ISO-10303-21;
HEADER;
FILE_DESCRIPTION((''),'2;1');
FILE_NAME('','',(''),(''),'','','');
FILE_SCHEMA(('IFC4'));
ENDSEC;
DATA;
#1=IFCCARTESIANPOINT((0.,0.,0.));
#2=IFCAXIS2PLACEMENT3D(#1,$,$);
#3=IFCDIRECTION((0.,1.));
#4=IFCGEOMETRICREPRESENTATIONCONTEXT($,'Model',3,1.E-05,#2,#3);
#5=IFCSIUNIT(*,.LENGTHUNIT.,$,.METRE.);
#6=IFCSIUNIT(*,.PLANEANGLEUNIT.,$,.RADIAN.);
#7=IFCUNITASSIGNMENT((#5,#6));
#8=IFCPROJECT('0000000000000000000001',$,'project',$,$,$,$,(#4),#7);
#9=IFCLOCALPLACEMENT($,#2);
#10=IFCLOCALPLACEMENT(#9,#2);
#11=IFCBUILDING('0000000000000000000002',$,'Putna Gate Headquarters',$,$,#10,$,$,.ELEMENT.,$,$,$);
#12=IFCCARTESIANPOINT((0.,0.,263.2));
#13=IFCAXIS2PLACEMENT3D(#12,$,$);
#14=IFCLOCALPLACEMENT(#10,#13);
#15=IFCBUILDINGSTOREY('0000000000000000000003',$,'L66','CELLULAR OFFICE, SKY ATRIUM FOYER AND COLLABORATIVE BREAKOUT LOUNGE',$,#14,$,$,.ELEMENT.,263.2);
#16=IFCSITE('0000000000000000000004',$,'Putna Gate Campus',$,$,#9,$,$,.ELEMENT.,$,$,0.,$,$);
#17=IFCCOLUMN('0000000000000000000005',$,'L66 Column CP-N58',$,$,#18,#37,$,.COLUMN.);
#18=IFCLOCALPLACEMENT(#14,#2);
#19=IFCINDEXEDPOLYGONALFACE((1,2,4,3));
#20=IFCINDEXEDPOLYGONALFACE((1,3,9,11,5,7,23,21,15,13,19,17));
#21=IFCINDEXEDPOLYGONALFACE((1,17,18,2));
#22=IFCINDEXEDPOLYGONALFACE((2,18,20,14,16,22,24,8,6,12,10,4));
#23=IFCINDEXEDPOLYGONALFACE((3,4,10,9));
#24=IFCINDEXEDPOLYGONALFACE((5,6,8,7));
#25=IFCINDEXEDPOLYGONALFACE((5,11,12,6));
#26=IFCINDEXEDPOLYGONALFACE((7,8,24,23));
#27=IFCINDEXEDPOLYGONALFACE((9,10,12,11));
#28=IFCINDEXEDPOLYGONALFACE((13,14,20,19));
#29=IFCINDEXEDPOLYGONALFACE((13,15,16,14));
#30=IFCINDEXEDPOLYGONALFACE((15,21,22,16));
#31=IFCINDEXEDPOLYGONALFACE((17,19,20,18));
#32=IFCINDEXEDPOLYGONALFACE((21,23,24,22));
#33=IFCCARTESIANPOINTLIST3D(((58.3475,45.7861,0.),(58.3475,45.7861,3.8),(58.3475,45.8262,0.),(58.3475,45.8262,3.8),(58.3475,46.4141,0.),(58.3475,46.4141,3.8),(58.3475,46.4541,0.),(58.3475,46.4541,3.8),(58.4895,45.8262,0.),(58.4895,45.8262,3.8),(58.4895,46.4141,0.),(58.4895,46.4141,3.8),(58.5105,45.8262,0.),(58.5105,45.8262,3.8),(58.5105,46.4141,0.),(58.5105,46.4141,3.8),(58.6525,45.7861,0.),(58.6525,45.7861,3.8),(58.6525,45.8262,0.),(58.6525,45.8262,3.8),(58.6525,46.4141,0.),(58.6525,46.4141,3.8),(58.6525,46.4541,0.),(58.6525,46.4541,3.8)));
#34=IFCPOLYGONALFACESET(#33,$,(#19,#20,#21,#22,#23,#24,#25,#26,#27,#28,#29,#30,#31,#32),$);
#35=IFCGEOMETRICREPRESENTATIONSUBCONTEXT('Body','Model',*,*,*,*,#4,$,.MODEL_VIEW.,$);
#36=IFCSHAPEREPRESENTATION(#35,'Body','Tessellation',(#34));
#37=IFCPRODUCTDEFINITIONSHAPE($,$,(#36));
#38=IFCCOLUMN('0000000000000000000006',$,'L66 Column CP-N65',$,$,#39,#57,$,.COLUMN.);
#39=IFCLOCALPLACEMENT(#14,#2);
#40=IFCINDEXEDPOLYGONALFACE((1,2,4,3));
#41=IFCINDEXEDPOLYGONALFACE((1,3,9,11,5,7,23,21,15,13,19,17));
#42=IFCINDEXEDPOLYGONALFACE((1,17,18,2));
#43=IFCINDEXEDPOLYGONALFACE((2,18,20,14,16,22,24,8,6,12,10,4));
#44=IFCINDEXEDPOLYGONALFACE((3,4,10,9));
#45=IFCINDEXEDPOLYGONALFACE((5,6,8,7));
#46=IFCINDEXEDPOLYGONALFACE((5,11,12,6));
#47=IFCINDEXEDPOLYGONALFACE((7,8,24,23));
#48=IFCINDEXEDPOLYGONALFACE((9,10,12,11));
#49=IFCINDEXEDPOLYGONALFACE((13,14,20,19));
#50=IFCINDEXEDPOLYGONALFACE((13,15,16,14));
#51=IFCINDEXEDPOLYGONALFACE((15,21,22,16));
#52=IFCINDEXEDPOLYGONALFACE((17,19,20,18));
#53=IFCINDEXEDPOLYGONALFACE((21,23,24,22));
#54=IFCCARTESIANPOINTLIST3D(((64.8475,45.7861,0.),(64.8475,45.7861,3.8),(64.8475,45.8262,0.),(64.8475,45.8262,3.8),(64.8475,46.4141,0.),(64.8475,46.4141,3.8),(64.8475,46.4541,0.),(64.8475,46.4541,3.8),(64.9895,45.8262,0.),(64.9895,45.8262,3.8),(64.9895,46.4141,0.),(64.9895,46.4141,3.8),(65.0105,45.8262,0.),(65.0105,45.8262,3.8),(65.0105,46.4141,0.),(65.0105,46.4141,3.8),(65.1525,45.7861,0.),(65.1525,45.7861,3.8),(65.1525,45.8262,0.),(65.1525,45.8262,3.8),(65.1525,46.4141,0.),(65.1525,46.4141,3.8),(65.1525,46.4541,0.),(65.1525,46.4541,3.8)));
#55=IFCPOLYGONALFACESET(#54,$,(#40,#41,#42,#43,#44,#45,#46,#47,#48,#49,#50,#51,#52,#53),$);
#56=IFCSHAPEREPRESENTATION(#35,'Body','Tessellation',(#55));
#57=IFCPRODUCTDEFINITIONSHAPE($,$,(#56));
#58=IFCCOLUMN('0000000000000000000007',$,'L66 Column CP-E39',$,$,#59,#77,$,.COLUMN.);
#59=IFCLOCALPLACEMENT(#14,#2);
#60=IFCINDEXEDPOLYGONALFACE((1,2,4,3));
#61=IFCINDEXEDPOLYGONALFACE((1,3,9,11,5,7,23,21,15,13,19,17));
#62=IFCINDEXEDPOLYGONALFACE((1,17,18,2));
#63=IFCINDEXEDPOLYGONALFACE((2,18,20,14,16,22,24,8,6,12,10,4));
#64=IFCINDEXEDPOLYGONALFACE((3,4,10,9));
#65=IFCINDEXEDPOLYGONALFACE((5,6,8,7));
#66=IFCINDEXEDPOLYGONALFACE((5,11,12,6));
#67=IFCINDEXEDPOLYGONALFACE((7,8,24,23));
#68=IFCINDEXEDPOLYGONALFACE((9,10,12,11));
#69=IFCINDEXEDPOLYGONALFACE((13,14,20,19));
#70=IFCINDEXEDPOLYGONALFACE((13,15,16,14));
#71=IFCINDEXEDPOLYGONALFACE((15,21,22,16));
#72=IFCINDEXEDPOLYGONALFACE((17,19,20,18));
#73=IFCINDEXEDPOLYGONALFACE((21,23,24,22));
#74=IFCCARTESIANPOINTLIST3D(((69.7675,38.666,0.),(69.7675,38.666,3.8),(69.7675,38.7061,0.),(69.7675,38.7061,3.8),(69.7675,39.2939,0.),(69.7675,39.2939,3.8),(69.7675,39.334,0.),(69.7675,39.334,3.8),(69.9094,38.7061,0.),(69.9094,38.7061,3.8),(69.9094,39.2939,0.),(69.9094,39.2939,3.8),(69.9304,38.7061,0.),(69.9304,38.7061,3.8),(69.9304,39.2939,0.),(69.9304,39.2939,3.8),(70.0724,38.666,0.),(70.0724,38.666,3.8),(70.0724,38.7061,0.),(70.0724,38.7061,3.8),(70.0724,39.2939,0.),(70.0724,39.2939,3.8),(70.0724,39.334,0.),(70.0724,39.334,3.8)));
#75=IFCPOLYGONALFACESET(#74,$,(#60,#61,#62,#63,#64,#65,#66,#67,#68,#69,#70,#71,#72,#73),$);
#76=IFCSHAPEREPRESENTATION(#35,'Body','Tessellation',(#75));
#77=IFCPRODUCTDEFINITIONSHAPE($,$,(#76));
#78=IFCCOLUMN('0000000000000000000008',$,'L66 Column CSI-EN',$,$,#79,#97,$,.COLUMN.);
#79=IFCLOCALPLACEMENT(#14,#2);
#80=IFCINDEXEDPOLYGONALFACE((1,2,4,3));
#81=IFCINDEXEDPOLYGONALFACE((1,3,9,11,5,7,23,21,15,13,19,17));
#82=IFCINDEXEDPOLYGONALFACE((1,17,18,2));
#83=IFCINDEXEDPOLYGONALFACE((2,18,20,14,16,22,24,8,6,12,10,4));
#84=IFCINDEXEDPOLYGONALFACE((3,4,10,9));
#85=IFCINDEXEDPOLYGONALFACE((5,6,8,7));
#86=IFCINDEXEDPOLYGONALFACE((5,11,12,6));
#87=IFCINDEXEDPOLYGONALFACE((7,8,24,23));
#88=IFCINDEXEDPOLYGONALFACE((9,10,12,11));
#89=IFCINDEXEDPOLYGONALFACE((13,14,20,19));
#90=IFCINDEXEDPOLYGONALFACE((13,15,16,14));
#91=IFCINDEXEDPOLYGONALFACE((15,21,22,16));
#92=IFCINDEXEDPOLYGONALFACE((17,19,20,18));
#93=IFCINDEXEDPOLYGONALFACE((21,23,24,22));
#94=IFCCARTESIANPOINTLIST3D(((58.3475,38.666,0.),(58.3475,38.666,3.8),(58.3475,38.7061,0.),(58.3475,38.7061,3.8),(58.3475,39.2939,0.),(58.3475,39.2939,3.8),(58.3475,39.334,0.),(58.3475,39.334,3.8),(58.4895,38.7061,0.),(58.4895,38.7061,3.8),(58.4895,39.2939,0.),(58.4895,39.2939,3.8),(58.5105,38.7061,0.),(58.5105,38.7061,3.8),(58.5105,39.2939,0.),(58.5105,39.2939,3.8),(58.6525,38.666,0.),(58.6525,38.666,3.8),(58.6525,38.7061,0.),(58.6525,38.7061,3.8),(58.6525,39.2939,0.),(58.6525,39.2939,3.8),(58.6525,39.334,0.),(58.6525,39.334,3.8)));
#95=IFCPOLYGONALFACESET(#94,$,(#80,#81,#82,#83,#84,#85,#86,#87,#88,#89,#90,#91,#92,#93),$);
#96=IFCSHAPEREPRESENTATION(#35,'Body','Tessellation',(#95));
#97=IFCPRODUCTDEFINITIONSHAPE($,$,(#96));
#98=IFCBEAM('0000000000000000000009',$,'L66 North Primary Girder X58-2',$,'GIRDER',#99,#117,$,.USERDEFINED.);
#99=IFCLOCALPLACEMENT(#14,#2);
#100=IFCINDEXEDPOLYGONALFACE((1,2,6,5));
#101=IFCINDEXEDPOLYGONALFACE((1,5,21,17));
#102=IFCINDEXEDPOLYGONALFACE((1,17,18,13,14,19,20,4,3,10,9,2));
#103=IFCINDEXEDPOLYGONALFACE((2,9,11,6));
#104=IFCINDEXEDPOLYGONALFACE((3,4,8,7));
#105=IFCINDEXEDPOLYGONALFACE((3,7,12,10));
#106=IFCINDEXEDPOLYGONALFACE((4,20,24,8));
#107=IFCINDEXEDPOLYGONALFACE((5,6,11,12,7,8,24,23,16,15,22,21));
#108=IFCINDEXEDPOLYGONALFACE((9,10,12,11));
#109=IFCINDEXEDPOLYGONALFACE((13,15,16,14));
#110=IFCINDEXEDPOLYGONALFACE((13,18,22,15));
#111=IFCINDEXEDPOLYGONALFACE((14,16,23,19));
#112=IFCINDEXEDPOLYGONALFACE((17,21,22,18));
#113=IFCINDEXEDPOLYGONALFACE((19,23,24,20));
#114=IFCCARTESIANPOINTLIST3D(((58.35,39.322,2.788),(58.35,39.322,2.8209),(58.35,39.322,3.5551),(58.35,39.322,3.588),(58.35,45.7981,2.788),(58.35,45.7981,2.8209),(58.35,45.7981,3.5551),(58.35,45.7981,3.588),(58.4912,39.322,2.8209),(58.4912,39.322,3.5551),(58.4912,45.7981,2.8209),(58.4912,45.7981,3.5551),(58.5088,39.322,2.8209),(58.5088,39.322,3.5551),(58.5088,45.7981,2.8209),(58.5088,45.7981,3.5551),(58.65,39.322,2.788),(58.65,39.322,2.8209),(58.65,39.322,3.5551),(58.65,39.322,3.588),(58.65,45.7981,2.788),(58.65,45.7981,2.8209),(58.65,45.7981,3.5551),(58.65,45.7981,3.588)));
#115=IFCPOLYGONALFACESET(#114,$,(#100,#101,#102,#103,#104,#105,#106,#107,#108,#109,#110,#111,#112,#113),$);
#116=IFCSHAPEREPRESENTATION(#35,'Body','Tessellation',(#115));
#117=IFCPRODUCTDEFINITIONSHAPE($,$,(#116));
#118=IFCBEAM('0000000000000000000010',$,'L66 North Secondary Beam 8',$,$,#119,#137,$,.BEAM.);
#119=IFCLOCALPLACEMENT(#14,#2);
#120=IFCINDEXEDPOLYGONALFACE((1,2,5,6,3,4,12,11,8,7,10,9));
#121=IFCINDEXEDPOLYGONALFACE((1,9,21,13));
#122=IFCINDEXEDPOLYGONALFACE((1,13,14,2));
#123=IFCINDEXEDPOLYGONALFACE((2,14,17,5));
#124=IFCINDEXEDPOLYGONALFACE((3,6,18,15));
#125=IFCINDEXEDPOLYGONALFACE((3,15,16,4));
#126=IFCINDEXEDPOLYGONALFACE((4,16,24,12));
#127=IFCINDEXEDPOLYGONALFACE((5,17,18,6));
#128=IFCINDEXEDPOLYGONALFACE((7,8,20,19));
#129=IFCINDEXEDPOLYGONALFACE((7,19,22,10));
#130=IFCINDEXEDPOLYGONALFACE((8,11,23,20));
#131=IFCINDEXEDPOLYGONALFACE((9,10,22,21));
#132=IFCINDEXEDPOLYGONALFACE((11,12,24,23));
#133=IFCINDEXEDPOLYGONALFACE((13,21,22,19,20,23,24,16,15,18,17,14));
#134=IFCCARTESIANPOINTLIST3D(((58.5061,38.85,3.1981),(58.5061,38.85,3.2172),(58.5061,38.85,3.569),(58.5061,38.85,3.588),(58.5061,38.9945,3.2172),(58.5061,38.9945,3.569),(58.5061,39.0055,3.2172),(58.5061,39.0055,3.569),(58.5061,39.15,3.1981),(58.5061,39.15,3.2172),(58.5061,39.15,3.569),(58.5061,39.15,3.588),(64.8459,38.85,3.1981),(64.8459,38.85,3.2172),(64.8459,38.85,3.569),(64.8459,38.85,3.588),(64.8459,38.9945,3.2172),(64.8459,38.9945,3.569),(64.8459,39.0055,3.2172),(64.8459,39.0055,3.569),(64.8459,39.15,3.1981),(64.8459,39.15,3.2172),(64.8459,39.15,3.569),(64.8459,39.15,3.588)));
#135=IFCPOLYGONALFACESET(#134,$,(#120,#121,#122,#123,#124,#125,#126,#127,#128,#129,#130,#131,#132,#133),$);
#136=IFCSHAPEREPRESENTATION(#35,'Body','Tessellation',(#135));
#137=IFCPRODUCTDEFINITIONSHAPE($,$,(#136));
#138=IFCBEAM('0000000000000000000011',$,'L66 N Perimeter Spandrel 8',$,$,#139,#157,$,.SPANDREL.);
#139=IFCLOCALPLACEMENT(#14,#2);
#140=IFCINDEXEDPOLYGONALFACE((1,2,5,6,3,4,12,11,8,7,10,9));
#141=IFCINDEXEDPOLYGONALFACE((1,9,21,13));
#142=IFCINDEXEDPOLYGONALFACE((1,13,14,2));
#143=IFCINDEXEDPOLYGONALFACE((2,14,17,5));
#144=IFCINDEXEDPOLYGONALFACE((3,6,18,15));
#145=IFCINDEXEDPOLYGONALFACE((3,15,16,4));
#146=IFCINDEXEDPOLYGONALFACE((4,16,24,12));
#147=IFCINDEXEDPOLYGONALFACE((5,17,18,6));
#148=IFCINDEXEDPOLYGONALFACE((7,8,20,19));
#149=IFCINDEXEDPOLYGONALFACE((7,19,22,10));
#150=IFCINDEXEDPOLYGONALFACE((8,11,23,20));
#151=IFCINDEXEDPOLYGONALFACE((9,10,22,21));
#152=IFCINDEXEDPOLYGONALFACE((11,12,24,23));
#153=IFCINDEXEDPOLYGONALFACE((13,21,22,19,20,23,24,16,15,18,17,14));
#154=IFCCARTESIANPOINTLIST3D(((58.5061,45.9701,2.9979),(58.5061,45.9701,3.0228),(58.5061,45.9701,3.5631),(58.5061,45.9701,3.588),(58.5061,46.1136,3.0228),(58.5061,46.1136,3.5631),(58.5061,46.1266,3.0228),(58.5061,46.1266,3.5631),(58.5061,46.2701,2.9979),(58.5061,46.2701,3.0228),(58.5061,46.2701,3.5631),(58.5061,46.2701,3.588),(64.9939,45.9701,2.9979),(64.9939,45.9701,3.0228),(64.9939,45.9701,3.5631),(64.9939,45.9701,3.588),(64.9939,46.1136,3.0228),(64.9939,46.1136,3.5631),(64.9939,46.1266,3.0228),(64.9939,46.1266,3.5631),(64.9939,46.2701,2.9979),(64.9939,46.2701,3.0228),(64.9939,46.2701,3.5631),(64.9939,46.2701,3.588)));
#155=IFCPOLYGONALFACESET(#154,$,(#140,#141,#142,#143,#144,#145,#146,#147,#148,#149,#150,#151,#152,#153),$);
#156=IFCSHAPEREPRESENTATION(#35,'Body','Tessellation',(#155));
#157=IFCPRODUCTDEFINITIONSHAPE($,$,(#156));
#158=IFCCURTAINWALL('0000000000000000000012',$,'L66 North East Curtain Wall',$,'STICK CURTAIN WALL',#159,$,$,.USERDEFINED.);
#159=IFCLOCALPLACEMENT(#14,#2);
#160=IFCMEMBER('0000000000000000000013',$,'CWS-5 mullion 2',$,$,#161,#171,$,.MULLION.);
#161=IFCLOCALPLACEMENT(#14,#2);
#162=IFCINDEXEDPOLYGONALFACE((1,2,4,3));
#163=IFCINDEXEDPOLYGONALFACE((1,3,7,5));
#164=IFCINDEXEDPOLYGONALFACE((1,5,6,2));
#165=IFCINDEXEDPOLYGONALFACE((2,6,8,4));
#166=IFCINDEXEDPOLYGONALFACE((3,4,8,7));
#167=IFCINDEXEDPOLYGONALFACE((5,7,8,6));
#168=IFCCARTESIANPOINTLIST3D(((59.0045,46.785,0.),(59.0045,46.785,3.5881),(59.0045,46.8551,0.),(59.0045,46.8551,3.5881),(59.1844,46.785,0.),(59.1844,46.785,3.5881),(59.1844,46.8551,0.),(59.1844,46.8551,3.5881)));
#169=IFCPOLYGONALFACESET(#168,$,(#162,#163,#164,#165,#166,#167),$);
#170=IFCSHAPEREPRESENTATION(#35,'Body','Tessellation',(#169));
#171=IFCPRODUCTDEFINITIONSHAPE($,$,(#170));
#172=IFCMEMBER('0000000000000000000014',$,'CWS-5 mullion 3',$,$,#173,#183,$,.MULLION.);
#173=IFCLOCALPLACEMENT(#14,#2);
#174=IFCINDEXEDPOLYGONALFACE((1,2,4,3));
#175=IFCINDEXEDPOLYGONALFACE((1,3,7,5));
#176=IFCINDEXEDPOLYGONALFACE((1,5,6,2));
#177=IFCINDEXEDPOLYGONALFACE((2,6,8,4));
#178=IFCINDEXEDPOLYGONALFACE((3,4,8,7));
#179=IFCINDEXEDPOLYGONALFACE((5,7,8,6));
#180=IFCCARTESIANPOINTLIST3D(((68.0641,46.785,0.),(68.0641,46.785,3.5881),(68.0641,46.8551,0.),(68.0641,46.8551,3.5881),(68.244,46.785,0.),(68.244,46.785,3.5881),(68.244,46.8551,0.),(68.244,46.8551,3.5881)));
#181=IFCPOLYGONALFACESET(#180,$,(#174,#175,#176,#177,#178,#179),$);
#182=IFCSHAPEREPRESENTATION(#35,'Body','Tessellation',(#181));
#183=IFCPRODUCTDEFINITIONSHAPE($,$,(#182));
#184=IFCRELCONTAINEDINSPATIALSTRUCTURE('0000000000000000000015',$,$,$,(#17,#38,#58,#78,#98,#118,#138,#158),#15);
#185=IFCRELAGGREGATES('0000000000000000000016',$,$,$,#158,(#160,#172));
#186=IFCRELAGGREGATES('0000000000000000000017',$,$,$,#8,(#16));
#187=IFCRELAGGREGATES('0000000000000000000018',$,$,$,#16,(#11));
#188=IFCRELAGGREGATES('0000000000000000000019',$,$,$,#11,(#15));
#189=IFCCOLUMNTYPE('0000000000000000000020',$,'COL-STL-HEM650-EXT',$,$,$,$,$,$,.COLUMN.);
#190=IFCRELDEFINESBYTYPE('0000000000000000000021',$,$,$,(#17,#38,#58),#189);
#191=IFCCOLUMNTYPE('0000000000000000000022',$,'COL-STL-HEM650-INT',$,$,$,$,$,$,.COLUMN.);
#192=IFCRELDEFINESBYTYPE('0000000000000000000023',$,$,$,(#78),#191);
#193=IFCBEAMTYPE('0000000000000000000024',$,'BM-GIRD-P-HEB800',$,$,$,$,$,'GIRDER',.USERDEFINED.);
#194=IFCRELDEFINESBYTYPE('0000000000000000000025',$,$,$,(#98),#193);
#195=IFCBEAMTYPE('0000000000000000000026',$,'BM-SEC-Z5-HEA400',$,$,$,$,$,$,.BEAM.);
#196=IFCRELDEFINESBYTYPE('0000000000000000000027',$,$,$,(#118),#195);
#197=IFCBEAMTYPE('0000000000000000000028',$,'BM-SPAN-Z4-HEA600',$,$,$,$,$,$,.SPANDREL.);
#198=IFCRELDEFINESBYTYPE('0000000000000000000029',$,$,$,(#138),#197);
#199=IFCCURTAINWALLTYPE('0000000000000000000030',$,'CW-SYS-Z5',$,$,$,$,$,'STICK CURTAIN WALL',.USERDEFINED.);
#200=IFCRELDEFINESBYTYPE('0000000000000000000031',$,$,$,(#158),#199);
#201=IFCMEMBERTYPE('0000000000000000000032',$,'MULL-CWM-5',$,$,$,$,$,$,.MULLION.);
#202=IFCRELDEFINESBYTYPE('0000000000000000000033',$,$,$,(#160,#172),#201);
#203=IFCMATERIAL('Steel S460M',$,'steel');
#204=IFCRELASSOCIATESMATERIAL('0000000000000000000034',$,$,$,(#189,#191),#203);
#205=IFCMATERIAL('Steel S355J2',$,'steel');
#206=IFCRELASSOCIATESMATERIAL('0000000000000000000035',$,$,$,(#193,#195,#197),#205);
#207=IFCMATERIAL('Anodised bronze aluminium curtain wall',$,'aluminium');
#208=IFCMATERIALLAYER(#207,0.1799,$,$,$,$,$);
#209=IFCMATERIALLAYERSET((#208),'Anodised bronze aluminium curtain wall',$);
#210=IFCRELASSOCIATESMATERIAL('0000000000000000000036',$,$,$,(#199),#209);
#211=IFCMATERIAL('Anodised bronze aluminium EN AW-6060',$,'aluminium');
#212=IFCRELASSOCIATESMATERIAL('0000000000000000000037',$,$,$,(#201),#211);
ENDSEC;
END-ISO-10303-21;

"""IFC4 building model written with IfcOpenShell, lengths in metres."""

from ifc_helpers import new_model, si_unit, direction, frame, origin, origin_2d, place, context, subcontext, project, spatial, rectangle, i_section, extrude, material, layer, layer_set, material_profile, profile_set, type_object, element, aggregate, save


model = new_model("IFC4")

# Units and contexts
model_context = context("Model", 3, precision=1e-05, world=origin(), true_north=direction((0.0, 1.0)))
body_context = subcontext(model_context, "Body", "Model", "MODEL_VIEW")
ifc_project = project(units=[si_unit("LENGTHUNIT", "METRE"), si_unit("PLANEANGLEUNIT", "RADIAN")], contexts=[model_context])

# Site, building, storey
site_placement = place(None, origin())
site = spatial("IfcSite", under=ifc_project, at=site_placement, Name="Putna Gate Campus", CompositionType="ELEMENT", RefElevation=0.0)
building_placement = place(site_placement, origin())
building = spatial("IfcBuilding", under=site, at=building_placement, Name="Putna Gate Headquarters", CompositionType="ELEMENT")
storey_placement = place(building_placement, frame((0.0, 0.0, 263.2)))
storey = spatial("IfcBuildingStorey", under=building, at=storey_placement, Name="L66", Description="CELLULAR OFFICE, SKY ATRIUM FOYER AND COLLABORATIVE BREAKOUT LOUNGE", CompositionType="ELEMENT", Elevation=263.2)

# Columns
ifc_material_1 = material(Name="Steel S460M", Category="steel")
ifc_material_profile_1 = material_profile(ifc_material_1, i_section(OverallWidth=0.3049, OverallDepth=0.668, WebThickness=0.021, FlangeThickness=0.04, at=origin_2d()), Name="Steel S460M")
ifc_profile_set_1 = profile_set([ifc_material_profile_1], Name="Steel S460M")
column_type_1 = type_object("IfcColumnType", Name="COL-STL-HEM650-EXT", PredefinedType="COLUMN", material=ifc_profile_set_1)
for number, where, z_axis, x_axis, name in (
    (1, (58.5, 46.1201, 0.0), (0.0, 0.0, 1.0), (1.0, 0.0, 0.0), "L66 Column CP-N58"),
    (2, (65.0, 46.1201, 0.0), (0.0, 0.0, 1.0), (1.0, 0.0, 0.0), "L66 Column CP-N65"),
    (3, (69.9199, 39.0, 0.0), (0.0, 0.0, 1.0), (1.0, 0.0, 0.0), "L66 Column CP-E39"),
):
    element("IfcColumn", number, at=place(storey_placement, frame(where, z_axis=z_axis, x_axis=x_axis)), inside=storey, type_object=column_type_1, Name=name, PredefinedType="COLUMN", context=body_context, shape_type="SweptSolid", body=[
        extrude(i_section(OverallWidth=0.3049, OverallDepth=0.668, WebThickness=0.021, FlangeThickness=0.04, at=origin_2d()), origin(), (0.0, 0.0, 1.0), 3.8),
    ])
ifc_material_profile_2 = material_profile(ifc_material_1, i_section(OverallWidth=0.3049, OverallDepth=0.668, WebThickness=0.021, FlangeThickness=0.04, at=origin_2d()), Name="Steel S460M")
ifc_profile_set_2 = profile_set([ifc_material_profile_2], Name="Steel S460M")
column_type_2 = type_object("IfcColumnType", Name="COL-STL-HEM650-INT", PredefinedType="COLUMN", material=ifc_profile_set_2)
column_placement = place(storey_placement, frame((58.5, 39.0, 0.0), z_axis=(0.0, 0.0, 1.0), x_axis=(1.0, 0.0, 0.0)))
element("IfcColumn", 4, at=column_placement, inside=storey, type_object=column_type_2, Name="L66 Column CSI-EN", PredefinedType="COLUMN", context=body_context, shape_type="SweptSolid", body=[
    extrude(i_section(OverallWidth=0.3049, OverallDepth=0.668, WebThickness=0.021, FlangeThickness=0.04, at=origin_2d()), origin(), (0.0, 0.0, 1.0), 3.8),
])

# Beams
ifc_material_2 = material(Name="Steel S355J2", Category="steel")
ifc_material_profile_3 = material_profile(ifc_material_2, i_section(OverallWidth=0.3, OverallDepth=0.8, WebThickness=0.0176, FlangeThickness=0.033, at=origin_2d()), Name="Steel S355J2")
ifc_profile_set_3 = profile_set([ifc_material_profile_3], Name="Steel S355J2")
beam_type_1 = type_object("IfcBeamType", Name="BM-GIRD-P-HEB800", ElementType="GIRDER", PredefinedType="USERDEFINED", material=ifc_profile_set_3)
beam_1_placement = place(storey_placement, frame((58.5, 39.322, 3.188), z_axis=(0.0, 1.0, 0.0), x_axis=(-1.0, 0.0, 0.0)))
element("IfcBeam", 5, at=beam_1_placement, inside=storey, type_object=beam_type_1, Name="L66 North Primary Girder X58-2", ObjectType="GIRDER", PredefinedType="USERDEFINED", context=body_context, shape_type="SweptSolid", body=[
    extrude(i_section(OverallWidth=0.3, OverallDepth=0.8, WebThickness=0.0176, FlangeThickness=0.033, at=origin_2d()), origin(), (0.0, 0.0, 1.0), 6.4761),
])
ifc_material_profile_4 = material_profile(ifc_material_2, i_section(OverallWidth=0.3, OverallDepth=0.3899, WebThickness=0.011, FlangeThickness=0.019, at=origin_2d()), Name="Steel S355J2")
ifc_profile_set_4 = profile_set([ifc_material_profile_4], Name="Steel S355J2")
beam_type_2 = type_object("IfcBeamType", Name="BM-SEC-Z5-HEA400", PredefinedType="BEAM", material=ifc_profile_set_4)
beam_2_placement = place(storey_placement, frame((58.5061, 39.0, 3.3931), z_axis=(1.0, 0.0, 0.0), x_axis=(0.0, 1.0, 0.0)))
element("IfcBeam", 6, at=beam_2_placement, inside=storey, type_object=beam_type_2, Name="L66 North Secondary Beam 8", PredefinedType="BEAM", context=body_context, shape_type="SweptSolid", body=[
    extrude(i_section(OverallWidth=0.3, OverallDepth=0.3899, WebThickness=0.011, FlangeThickness=0.019, at=origin_2d()), origin(), (0.0, 0.0, 1.0), 6.3398),
])
ifc_material_profile_5 = material_profile(ifc_material_2, i_section(OverallWidth=0.3, OverallDepth=0.5901, WebThickness=0.0129, FlangeThickness=0.0249, at=origin_2d()), Name="Steel S355J2")
ifc_profile_set_5 = profile_set([ifc_material_profile_5], Name="Steel S355J2")
beam_type_3 = type_object("IfcBeamType", Name="BM-SPAN-Z4-HEA600", PredefinedType="SPANDREL", material=ifc_profile_set_5)
beam_3_placement = place(storey_placement, frame((58.5061, 46.1201, 3.293), z_axis=(1.0, 0.0, 0.0), x_axis=(0.0, 1.0, 0.0)))
element("IfcBeam", 7, at=beam_3_placement, inside=storey, type_object=beam_type_3, Name="L66 N Perimeter Spandrel 8", PredefinedType="SPANDREL", context=body_context, shape_type="SweptSolid", body=[
    extrude(i_section(OverallWidth=0.3, OverallDepth=0.5901, WebThickness=0.0129, FlangeThickness=0.0249, at=origin_2d()), origin(), (0.0, 0.0, 1.0), 6.4878),
])

# Curtain wall, members
ifc_material_3 = material(Name="Anodised bronze aluminium curtain wall", Category="aluminium")
ifc_layer_1 = layer(ifc_material_3, 0.1799)
ifc_layer_set_1 = layer_set([ifc_layer_1], Name="Anodised bronze aluminium curtain wall")
curtain_wall_type = type_object("IfcCurtainWallType", Name="CW-SYS-Z5", ElementType="STICK CURTAIN WALL", PredefinedType="USERDEFINED", material=ifc_layer_set_1)
curtain_wall_1_placement = place(storey_placement, origin())
curtain_wall_1 = element("IfcCurtainWall", 8, at=curtain_wall_1_placement, inside=storey, type_object=curtain_wall_type, Name="L66 North East Curtain Wall", ObjectType="STICK CURTAIN WALL", PredefinedType="USERDEFINED")
ifc_material_4 = material(Name="Anodised bronze aluminium EN AW-6060", Category="aluminium")
ifc_material_profile_6 = material_profile(ifc_material_4, rectangle(XDim=0.0701, YDim=0.1799, at=origin_2d()), Name="Anodised bronze aluminium EN AW-6060")
ifc_profile_set_6 = profile_set([ifc_material_profile_6], Name="Anodised bronze aluminium EN AW-6060")
member_type_1 = type_object("IfcMemberType", Name="MULL-CWM-5", PredefinedType="MULLION", material=ifc_profile_set_6)
member_1_placement = place(storey_placement, frame((59.0945, 46.8201, 0.0), z_axis=(0.0, 0.0, 1.0), x_axis=(0.0, 1.0, 0.0)))
member_1 = element("IfcMember", 9, at=member_1_placement, type_object=member_type_1, Name="CWS-5 mullion 2", PredefinedType="MULLION", context=body_context, shape_type="SweptSolid", body=[
    extrude(rectangle(XDim=0.0701, YDim=0.1799, at=origin_2d()), origin(), (0.0, 0.0, 1.0), 3.5881),
])
member_2_placement = place(storey_placement, frame((68.1541, 46.8201, 0.0), z_axis=(0.0, 0.0, 1.0), x_axis=(0.0, 1.0, 0.0)))
member_2 = element("IfcMember", 10, at=member_2_placement, type_object=member_type_1, Name="CWS-5 mullion 3", PredefinedType="MULLION", context=body_context, shape_type="SweptSolid", body=[
    extrude(rectangle(XDim=0.0701, YDim=0.1799, at=origin_2d()), origin(), (0.0, 0.0, 1.0), 3.5881),
])

aggregate(curtain_wall_1, [member_1, member_2])

save(model, "model.ifc")
